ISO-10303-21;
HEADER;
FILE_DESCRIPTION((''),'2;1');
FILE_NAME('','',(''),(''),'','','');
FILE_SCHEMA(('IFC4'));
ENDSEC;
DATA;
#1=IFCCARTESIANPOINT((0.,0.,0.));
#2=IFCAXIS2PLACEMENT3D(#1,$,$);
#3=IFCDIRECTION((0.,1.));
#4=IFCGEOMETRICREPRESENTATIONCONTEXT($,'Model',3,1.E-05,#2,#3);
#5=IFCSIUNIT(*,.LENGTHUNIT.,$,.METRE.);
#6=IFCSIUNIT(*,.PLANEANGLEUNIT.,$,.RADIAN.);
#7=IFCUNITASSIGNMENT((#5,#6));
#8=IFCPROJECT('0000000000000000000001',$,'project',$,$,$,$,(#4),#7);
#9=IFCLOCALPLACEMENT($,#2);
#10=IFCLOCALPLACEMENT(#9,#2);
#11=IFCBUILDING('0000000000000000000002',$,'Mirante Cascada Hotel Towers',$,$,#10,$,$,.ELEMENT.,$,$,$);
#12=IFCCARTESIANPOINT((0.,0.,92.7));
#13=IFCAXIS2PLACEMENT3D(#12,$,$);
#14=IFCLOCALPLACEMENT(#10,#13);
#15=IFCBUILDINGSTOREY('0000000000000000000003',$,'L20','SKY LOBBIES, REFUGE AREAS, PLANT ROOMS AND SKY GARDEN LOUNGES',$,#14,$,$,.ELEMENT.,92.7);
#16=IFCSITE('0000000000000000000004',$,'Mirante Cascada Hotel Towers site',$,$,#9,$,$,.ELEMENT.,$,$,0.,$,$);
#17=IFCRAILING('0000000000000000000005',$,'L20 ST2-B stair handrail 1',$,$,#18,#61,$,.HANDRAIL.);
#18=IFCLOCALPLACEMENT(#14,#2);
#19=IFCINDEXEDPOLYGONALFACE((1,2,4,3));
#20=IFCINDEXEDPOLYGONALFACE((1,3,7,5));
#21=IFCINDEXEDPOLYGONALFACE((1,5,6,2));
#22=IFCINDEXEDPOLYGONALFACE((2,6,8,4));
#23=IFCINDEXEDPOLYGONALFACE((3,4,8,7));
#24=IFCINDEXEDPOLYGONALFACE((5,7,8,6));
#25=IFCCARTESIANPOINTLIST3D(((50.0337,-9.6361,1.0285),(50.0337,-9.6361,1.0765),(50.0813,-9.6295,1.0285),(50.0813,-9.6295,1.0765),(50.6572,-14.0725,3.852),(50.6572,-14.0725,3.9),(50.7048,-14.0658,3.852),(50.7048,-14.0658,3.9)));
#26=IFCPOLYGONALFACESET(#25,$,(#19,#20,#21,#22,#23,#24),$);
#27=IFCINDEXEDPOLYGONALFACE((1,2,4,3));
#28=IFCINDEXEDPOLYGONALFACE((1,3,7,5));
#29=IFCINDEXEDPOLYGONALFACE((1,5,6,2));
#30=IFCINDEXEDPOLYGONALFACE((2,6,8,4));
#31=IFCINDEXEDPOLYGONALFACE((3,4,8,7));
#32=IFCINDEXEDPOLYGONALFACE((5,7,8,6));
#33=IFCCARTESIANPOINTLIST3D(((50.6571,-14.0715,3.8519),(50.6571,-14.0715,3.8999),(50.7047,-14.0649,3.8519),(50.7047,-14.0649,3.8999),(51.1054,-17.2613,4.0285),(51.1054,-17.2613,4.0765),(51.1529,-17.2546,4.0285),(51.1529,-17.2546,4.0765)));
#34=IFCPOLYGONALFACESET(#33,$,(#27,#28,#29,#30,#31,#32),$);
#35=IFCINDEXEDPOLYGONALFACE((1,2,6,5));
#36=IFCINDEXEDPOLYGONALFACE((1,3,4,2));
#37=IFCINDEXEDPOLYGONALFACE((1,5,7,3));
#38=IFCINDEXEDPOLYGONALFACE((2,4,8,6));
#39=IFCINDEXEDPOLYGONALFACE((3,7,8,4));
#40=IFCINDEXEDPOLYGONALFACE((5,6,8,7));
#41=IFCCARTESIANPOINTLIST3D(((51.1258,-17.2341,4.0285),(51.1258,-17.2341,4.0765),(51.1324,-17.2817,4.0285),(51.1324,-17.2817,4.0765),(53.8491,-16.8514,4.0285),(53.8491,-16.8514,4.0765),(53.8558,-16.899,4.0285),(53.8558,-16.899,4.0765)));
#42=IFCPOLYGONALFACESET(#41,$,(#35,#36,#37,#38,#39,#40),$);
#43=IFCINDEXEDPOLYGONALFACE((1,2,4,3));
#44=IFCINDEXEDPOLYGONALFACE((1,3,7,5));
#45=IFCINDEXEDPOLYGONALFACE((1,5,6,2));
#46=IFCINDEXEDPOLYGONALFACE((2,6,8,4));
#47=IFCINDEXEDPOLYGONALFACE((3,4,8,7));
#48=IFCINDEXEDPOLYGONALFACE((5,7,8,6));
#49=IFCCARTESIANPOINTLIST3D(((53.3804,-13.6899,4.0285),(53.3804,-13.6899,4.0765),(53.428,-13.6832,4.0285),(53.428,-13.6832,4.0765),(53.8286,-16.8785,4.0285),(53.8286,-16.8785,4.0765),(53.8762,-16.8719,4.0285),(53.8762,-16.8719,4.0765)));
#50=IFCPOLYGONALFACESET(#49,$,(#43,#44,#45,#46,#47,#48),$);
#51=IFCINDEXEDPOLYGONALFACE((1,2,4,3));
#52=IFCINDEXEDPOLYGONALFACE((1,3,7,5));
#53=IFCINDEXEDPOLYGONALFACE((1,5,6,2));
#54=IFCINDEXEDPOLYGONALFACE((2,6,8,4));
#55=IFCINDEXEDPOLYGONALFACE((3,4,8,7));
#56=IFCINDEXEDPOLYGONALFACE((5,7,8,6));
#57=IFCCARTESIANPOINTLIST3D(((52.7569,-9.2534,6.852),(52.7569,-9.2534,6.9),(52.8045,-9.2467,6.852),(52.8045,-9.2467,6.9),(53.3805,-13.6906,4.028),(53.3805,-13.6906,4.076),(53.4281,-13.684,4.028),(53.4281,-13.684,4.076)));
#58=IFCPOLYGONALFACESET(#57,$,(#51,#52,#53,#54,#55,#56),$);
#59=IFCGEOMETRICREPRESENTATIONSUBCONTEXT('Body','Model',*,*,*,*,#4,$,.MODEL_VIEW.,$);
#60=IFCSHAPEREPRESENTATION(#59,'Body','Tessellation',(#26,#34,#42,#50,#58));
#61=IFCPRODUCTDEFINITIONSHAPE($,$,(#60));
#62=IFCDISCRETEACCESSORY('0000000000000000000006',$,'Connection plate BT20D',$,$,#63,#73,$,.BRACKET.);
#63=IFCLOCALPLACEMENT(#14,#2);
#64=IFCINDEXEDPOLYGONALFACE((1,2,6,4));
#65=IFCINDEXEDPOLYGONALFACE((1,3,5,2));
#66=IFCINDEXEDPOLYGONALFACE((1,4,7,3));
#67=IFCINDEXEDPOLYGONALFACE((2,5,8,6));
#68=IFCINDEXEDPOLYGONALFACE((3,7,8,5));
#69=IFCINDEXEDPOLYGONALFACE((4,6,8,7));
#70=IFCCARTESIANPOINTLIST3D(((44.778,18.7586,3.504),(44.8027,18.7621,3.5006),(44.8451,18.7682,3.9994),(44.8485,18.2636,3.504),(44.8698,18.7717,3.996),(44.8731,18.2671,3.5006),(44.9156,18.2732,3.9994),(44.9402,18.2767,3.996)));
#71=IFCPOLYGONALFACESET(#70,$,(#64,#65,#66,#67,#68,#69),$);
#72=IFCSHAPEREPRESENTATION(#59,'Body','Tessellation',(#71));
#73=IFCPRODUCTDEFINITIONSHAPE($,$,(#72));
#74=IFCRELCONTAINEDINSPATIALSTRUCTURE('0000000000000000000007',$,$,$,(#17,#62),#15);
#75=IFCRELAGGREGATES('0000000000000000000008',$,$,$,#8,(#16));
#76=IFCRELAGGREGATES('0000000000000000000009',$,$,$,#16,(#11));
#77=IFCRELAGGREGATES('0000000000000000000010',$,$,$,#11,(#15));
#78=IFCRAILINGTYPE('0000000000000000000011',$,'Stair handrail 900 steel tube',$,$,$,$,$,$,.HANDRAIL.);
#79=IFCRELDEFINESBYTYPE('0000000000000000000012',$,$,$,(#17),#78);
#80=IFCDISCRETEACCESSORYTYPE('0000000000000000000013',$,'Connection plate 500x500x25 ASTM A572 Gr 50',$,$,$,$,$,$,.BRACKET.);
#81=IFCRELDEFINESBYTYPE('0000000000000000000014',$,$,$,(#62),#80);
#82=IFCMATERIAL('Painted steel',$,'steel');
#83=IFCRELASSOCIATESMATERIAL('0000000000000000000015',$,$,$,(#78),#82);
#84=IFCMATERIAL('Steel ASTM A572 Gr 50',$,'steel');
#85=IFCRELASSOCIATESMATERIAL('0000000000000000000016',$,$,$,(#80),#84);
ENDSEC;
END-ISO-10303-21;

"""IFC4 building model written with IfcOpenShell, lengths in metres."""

from ifc_helpers import new_model, si_unit, direction, frame, origin, origin_2d, place, context, subcontext, project, spatial, rectangle, extrude, material, material_profile, profile_set, type_object, element, save


model = new_model("IFC4")

# Units and contexts
model_context = context("Model", 3, precision=1e-05, world=origin(), true_north=direction((0.0, 1.0)))
body_context = subcontext(model_context, "Body", "Model", "MODEL_VIEW")
ifc_project = project(units=[si_unit("LENGTHUNIT", "METRE"), si_unit("PLANEANGLEUNIT", "RADIAN")], contexts=[model_context])

# Site, building, storey
site_placement = place(None, origin())
site = spatial("IfcSite", under=ifc_project, at=site_placement, Name="Mirante Cascada Hotel Towers site", CompositionType="ELEMENT", RefElevation=0.0)
building_placement = place(site_placement, origin())
building = spatial("IfcBuilding", under=site, at=building_placement, Name="Mirante Cascada Hotel Towers", CompositionType="ELEMENT")
storey_placement = place(building_placement, frame((0.0, 0.0, 92.7)))
storey = spatial("IfcBuildingStorey", under=building, at=storey_placement, Name="L20", Description="SKY LOBBIES, REFUGE AREAS, PLANT ROOMS AND SKY GARDEN LOUNGES", CompositionType="ELEMENT", Elevation=92.7)

# Railing
ifc_material_1 = material(Name="Painted steel", Category="steel")
railing_type_1 = type_object("IfcRailingType", Name="Stair handrail 900 steel tube", PredefinedType="HANDRAIL", material=ifc_material_1)
railing_1_placement = place(storey_placement, frame((50.0575, -9.6328, 0.1765)))
element("IfcRailing", 1, at=railing_1_placement, inside=storey, type_object=railing_type_1, Name="L20 ST2-B stair handrail 1", PredefinedType="HANDRAIL", context=body_context, shape_type="SweptSolid", body=[
    extrude(rectangle(XDim=0.048, YDim=0.048, at=origin_2d()), frame((0.0, 0.0, 0.876), z_axis=(0.139174, -0.990268, 0.0), x_axis=(0.990268, 0.139174, 0.0)), (0.0, 0.533186, 0.845998), 5.2955),
    extrude(rectangle(XDim=0.048, YDim=0.048, at=origin_2d()), frame((0.6234, -4.4354, 3.6994), z_axis=(0.13916, -0.99027, 0.0), x_axis=(0.99027, 0.13916, 0.0)), (0.0, 0.054731, 0.998501), 3.2259),
    extrude(rectangle(XDim=0.048, YDim=0.048, at=origin_2d()), frame((1.0716, -7.6251, 3.876), z_axis=(0.99027, 0.139161, 0.0), x_axis=(-0.139161, 0.99027, 0.0)), (0.0, 0.0, 1.0), 2.7501),
    extrude(rectangle(XDim=0.048, YDim=0.048, at=origin_2d()), frame((3.7949, -7.2424, 3.876), z_axis=(-0.139191, 0.990266, 0.0), x_axis=(-0.990266, -0.139191, 0.0)), (0.0, 0.0, 1.0), 3.22),
    extrude(rectangle(XDim=0.048, YDim=0.048, at=origin_2d()), frame((3.3468, -4.0545, 3.8755), z_axis=(-0.139174, 0.990268, 0.0), x_axis=(-0.990268, -0.139174, 0.0)), (0.0, 0.533186, 0.845998), 5.2965),
])

# Discrete accessory
ifc_material_2 = material(Name="Steel ASTM A572 Gr 50", Category="steel")
ifc_material_profile_1 = material_profile(ifc_material_2, rectangle(XDim=0.5, YDim=0.5, at=origin_2d()), Name="Connection plate 500x500x25 ASTM A572 Gr 50")
ifc_profile_set_1 = profile_set([ifc_material_profile_1], Name="Steel ASTM A572 Gr 50")
discrete_accessory_type = type_object("IfcDiscreteAccessoryType", Name="Connection plate 500x500x25 ASTM A572 Gr 50", PredefinedType="BRACKET", material=ifc_profile_set_1)
discrete_accessory_placement = place(storey_placement, frame((44.8468, 18.5159, 3.7517), z_axis=(0.98089, 0.139558, -0.13557), x_axis=(-0.140858, 0.99003, 0.0)))
element("IfcDiscreteAccessory", 2, at=discrete_accessory_placement, inside=storey, type_object=discrete_accessory_type, Name="Connection plate BT20D", PredefinedType="BRACKET", context=body_context, shape_type="SweptSolid", body=[
    extrude(rectangle(XDim=0.5, YDim=0.5, at=origin_2d()), origin(), (0.0, 0.0, 1.0), 0.0251),
])

save(model, "model.ifc")
